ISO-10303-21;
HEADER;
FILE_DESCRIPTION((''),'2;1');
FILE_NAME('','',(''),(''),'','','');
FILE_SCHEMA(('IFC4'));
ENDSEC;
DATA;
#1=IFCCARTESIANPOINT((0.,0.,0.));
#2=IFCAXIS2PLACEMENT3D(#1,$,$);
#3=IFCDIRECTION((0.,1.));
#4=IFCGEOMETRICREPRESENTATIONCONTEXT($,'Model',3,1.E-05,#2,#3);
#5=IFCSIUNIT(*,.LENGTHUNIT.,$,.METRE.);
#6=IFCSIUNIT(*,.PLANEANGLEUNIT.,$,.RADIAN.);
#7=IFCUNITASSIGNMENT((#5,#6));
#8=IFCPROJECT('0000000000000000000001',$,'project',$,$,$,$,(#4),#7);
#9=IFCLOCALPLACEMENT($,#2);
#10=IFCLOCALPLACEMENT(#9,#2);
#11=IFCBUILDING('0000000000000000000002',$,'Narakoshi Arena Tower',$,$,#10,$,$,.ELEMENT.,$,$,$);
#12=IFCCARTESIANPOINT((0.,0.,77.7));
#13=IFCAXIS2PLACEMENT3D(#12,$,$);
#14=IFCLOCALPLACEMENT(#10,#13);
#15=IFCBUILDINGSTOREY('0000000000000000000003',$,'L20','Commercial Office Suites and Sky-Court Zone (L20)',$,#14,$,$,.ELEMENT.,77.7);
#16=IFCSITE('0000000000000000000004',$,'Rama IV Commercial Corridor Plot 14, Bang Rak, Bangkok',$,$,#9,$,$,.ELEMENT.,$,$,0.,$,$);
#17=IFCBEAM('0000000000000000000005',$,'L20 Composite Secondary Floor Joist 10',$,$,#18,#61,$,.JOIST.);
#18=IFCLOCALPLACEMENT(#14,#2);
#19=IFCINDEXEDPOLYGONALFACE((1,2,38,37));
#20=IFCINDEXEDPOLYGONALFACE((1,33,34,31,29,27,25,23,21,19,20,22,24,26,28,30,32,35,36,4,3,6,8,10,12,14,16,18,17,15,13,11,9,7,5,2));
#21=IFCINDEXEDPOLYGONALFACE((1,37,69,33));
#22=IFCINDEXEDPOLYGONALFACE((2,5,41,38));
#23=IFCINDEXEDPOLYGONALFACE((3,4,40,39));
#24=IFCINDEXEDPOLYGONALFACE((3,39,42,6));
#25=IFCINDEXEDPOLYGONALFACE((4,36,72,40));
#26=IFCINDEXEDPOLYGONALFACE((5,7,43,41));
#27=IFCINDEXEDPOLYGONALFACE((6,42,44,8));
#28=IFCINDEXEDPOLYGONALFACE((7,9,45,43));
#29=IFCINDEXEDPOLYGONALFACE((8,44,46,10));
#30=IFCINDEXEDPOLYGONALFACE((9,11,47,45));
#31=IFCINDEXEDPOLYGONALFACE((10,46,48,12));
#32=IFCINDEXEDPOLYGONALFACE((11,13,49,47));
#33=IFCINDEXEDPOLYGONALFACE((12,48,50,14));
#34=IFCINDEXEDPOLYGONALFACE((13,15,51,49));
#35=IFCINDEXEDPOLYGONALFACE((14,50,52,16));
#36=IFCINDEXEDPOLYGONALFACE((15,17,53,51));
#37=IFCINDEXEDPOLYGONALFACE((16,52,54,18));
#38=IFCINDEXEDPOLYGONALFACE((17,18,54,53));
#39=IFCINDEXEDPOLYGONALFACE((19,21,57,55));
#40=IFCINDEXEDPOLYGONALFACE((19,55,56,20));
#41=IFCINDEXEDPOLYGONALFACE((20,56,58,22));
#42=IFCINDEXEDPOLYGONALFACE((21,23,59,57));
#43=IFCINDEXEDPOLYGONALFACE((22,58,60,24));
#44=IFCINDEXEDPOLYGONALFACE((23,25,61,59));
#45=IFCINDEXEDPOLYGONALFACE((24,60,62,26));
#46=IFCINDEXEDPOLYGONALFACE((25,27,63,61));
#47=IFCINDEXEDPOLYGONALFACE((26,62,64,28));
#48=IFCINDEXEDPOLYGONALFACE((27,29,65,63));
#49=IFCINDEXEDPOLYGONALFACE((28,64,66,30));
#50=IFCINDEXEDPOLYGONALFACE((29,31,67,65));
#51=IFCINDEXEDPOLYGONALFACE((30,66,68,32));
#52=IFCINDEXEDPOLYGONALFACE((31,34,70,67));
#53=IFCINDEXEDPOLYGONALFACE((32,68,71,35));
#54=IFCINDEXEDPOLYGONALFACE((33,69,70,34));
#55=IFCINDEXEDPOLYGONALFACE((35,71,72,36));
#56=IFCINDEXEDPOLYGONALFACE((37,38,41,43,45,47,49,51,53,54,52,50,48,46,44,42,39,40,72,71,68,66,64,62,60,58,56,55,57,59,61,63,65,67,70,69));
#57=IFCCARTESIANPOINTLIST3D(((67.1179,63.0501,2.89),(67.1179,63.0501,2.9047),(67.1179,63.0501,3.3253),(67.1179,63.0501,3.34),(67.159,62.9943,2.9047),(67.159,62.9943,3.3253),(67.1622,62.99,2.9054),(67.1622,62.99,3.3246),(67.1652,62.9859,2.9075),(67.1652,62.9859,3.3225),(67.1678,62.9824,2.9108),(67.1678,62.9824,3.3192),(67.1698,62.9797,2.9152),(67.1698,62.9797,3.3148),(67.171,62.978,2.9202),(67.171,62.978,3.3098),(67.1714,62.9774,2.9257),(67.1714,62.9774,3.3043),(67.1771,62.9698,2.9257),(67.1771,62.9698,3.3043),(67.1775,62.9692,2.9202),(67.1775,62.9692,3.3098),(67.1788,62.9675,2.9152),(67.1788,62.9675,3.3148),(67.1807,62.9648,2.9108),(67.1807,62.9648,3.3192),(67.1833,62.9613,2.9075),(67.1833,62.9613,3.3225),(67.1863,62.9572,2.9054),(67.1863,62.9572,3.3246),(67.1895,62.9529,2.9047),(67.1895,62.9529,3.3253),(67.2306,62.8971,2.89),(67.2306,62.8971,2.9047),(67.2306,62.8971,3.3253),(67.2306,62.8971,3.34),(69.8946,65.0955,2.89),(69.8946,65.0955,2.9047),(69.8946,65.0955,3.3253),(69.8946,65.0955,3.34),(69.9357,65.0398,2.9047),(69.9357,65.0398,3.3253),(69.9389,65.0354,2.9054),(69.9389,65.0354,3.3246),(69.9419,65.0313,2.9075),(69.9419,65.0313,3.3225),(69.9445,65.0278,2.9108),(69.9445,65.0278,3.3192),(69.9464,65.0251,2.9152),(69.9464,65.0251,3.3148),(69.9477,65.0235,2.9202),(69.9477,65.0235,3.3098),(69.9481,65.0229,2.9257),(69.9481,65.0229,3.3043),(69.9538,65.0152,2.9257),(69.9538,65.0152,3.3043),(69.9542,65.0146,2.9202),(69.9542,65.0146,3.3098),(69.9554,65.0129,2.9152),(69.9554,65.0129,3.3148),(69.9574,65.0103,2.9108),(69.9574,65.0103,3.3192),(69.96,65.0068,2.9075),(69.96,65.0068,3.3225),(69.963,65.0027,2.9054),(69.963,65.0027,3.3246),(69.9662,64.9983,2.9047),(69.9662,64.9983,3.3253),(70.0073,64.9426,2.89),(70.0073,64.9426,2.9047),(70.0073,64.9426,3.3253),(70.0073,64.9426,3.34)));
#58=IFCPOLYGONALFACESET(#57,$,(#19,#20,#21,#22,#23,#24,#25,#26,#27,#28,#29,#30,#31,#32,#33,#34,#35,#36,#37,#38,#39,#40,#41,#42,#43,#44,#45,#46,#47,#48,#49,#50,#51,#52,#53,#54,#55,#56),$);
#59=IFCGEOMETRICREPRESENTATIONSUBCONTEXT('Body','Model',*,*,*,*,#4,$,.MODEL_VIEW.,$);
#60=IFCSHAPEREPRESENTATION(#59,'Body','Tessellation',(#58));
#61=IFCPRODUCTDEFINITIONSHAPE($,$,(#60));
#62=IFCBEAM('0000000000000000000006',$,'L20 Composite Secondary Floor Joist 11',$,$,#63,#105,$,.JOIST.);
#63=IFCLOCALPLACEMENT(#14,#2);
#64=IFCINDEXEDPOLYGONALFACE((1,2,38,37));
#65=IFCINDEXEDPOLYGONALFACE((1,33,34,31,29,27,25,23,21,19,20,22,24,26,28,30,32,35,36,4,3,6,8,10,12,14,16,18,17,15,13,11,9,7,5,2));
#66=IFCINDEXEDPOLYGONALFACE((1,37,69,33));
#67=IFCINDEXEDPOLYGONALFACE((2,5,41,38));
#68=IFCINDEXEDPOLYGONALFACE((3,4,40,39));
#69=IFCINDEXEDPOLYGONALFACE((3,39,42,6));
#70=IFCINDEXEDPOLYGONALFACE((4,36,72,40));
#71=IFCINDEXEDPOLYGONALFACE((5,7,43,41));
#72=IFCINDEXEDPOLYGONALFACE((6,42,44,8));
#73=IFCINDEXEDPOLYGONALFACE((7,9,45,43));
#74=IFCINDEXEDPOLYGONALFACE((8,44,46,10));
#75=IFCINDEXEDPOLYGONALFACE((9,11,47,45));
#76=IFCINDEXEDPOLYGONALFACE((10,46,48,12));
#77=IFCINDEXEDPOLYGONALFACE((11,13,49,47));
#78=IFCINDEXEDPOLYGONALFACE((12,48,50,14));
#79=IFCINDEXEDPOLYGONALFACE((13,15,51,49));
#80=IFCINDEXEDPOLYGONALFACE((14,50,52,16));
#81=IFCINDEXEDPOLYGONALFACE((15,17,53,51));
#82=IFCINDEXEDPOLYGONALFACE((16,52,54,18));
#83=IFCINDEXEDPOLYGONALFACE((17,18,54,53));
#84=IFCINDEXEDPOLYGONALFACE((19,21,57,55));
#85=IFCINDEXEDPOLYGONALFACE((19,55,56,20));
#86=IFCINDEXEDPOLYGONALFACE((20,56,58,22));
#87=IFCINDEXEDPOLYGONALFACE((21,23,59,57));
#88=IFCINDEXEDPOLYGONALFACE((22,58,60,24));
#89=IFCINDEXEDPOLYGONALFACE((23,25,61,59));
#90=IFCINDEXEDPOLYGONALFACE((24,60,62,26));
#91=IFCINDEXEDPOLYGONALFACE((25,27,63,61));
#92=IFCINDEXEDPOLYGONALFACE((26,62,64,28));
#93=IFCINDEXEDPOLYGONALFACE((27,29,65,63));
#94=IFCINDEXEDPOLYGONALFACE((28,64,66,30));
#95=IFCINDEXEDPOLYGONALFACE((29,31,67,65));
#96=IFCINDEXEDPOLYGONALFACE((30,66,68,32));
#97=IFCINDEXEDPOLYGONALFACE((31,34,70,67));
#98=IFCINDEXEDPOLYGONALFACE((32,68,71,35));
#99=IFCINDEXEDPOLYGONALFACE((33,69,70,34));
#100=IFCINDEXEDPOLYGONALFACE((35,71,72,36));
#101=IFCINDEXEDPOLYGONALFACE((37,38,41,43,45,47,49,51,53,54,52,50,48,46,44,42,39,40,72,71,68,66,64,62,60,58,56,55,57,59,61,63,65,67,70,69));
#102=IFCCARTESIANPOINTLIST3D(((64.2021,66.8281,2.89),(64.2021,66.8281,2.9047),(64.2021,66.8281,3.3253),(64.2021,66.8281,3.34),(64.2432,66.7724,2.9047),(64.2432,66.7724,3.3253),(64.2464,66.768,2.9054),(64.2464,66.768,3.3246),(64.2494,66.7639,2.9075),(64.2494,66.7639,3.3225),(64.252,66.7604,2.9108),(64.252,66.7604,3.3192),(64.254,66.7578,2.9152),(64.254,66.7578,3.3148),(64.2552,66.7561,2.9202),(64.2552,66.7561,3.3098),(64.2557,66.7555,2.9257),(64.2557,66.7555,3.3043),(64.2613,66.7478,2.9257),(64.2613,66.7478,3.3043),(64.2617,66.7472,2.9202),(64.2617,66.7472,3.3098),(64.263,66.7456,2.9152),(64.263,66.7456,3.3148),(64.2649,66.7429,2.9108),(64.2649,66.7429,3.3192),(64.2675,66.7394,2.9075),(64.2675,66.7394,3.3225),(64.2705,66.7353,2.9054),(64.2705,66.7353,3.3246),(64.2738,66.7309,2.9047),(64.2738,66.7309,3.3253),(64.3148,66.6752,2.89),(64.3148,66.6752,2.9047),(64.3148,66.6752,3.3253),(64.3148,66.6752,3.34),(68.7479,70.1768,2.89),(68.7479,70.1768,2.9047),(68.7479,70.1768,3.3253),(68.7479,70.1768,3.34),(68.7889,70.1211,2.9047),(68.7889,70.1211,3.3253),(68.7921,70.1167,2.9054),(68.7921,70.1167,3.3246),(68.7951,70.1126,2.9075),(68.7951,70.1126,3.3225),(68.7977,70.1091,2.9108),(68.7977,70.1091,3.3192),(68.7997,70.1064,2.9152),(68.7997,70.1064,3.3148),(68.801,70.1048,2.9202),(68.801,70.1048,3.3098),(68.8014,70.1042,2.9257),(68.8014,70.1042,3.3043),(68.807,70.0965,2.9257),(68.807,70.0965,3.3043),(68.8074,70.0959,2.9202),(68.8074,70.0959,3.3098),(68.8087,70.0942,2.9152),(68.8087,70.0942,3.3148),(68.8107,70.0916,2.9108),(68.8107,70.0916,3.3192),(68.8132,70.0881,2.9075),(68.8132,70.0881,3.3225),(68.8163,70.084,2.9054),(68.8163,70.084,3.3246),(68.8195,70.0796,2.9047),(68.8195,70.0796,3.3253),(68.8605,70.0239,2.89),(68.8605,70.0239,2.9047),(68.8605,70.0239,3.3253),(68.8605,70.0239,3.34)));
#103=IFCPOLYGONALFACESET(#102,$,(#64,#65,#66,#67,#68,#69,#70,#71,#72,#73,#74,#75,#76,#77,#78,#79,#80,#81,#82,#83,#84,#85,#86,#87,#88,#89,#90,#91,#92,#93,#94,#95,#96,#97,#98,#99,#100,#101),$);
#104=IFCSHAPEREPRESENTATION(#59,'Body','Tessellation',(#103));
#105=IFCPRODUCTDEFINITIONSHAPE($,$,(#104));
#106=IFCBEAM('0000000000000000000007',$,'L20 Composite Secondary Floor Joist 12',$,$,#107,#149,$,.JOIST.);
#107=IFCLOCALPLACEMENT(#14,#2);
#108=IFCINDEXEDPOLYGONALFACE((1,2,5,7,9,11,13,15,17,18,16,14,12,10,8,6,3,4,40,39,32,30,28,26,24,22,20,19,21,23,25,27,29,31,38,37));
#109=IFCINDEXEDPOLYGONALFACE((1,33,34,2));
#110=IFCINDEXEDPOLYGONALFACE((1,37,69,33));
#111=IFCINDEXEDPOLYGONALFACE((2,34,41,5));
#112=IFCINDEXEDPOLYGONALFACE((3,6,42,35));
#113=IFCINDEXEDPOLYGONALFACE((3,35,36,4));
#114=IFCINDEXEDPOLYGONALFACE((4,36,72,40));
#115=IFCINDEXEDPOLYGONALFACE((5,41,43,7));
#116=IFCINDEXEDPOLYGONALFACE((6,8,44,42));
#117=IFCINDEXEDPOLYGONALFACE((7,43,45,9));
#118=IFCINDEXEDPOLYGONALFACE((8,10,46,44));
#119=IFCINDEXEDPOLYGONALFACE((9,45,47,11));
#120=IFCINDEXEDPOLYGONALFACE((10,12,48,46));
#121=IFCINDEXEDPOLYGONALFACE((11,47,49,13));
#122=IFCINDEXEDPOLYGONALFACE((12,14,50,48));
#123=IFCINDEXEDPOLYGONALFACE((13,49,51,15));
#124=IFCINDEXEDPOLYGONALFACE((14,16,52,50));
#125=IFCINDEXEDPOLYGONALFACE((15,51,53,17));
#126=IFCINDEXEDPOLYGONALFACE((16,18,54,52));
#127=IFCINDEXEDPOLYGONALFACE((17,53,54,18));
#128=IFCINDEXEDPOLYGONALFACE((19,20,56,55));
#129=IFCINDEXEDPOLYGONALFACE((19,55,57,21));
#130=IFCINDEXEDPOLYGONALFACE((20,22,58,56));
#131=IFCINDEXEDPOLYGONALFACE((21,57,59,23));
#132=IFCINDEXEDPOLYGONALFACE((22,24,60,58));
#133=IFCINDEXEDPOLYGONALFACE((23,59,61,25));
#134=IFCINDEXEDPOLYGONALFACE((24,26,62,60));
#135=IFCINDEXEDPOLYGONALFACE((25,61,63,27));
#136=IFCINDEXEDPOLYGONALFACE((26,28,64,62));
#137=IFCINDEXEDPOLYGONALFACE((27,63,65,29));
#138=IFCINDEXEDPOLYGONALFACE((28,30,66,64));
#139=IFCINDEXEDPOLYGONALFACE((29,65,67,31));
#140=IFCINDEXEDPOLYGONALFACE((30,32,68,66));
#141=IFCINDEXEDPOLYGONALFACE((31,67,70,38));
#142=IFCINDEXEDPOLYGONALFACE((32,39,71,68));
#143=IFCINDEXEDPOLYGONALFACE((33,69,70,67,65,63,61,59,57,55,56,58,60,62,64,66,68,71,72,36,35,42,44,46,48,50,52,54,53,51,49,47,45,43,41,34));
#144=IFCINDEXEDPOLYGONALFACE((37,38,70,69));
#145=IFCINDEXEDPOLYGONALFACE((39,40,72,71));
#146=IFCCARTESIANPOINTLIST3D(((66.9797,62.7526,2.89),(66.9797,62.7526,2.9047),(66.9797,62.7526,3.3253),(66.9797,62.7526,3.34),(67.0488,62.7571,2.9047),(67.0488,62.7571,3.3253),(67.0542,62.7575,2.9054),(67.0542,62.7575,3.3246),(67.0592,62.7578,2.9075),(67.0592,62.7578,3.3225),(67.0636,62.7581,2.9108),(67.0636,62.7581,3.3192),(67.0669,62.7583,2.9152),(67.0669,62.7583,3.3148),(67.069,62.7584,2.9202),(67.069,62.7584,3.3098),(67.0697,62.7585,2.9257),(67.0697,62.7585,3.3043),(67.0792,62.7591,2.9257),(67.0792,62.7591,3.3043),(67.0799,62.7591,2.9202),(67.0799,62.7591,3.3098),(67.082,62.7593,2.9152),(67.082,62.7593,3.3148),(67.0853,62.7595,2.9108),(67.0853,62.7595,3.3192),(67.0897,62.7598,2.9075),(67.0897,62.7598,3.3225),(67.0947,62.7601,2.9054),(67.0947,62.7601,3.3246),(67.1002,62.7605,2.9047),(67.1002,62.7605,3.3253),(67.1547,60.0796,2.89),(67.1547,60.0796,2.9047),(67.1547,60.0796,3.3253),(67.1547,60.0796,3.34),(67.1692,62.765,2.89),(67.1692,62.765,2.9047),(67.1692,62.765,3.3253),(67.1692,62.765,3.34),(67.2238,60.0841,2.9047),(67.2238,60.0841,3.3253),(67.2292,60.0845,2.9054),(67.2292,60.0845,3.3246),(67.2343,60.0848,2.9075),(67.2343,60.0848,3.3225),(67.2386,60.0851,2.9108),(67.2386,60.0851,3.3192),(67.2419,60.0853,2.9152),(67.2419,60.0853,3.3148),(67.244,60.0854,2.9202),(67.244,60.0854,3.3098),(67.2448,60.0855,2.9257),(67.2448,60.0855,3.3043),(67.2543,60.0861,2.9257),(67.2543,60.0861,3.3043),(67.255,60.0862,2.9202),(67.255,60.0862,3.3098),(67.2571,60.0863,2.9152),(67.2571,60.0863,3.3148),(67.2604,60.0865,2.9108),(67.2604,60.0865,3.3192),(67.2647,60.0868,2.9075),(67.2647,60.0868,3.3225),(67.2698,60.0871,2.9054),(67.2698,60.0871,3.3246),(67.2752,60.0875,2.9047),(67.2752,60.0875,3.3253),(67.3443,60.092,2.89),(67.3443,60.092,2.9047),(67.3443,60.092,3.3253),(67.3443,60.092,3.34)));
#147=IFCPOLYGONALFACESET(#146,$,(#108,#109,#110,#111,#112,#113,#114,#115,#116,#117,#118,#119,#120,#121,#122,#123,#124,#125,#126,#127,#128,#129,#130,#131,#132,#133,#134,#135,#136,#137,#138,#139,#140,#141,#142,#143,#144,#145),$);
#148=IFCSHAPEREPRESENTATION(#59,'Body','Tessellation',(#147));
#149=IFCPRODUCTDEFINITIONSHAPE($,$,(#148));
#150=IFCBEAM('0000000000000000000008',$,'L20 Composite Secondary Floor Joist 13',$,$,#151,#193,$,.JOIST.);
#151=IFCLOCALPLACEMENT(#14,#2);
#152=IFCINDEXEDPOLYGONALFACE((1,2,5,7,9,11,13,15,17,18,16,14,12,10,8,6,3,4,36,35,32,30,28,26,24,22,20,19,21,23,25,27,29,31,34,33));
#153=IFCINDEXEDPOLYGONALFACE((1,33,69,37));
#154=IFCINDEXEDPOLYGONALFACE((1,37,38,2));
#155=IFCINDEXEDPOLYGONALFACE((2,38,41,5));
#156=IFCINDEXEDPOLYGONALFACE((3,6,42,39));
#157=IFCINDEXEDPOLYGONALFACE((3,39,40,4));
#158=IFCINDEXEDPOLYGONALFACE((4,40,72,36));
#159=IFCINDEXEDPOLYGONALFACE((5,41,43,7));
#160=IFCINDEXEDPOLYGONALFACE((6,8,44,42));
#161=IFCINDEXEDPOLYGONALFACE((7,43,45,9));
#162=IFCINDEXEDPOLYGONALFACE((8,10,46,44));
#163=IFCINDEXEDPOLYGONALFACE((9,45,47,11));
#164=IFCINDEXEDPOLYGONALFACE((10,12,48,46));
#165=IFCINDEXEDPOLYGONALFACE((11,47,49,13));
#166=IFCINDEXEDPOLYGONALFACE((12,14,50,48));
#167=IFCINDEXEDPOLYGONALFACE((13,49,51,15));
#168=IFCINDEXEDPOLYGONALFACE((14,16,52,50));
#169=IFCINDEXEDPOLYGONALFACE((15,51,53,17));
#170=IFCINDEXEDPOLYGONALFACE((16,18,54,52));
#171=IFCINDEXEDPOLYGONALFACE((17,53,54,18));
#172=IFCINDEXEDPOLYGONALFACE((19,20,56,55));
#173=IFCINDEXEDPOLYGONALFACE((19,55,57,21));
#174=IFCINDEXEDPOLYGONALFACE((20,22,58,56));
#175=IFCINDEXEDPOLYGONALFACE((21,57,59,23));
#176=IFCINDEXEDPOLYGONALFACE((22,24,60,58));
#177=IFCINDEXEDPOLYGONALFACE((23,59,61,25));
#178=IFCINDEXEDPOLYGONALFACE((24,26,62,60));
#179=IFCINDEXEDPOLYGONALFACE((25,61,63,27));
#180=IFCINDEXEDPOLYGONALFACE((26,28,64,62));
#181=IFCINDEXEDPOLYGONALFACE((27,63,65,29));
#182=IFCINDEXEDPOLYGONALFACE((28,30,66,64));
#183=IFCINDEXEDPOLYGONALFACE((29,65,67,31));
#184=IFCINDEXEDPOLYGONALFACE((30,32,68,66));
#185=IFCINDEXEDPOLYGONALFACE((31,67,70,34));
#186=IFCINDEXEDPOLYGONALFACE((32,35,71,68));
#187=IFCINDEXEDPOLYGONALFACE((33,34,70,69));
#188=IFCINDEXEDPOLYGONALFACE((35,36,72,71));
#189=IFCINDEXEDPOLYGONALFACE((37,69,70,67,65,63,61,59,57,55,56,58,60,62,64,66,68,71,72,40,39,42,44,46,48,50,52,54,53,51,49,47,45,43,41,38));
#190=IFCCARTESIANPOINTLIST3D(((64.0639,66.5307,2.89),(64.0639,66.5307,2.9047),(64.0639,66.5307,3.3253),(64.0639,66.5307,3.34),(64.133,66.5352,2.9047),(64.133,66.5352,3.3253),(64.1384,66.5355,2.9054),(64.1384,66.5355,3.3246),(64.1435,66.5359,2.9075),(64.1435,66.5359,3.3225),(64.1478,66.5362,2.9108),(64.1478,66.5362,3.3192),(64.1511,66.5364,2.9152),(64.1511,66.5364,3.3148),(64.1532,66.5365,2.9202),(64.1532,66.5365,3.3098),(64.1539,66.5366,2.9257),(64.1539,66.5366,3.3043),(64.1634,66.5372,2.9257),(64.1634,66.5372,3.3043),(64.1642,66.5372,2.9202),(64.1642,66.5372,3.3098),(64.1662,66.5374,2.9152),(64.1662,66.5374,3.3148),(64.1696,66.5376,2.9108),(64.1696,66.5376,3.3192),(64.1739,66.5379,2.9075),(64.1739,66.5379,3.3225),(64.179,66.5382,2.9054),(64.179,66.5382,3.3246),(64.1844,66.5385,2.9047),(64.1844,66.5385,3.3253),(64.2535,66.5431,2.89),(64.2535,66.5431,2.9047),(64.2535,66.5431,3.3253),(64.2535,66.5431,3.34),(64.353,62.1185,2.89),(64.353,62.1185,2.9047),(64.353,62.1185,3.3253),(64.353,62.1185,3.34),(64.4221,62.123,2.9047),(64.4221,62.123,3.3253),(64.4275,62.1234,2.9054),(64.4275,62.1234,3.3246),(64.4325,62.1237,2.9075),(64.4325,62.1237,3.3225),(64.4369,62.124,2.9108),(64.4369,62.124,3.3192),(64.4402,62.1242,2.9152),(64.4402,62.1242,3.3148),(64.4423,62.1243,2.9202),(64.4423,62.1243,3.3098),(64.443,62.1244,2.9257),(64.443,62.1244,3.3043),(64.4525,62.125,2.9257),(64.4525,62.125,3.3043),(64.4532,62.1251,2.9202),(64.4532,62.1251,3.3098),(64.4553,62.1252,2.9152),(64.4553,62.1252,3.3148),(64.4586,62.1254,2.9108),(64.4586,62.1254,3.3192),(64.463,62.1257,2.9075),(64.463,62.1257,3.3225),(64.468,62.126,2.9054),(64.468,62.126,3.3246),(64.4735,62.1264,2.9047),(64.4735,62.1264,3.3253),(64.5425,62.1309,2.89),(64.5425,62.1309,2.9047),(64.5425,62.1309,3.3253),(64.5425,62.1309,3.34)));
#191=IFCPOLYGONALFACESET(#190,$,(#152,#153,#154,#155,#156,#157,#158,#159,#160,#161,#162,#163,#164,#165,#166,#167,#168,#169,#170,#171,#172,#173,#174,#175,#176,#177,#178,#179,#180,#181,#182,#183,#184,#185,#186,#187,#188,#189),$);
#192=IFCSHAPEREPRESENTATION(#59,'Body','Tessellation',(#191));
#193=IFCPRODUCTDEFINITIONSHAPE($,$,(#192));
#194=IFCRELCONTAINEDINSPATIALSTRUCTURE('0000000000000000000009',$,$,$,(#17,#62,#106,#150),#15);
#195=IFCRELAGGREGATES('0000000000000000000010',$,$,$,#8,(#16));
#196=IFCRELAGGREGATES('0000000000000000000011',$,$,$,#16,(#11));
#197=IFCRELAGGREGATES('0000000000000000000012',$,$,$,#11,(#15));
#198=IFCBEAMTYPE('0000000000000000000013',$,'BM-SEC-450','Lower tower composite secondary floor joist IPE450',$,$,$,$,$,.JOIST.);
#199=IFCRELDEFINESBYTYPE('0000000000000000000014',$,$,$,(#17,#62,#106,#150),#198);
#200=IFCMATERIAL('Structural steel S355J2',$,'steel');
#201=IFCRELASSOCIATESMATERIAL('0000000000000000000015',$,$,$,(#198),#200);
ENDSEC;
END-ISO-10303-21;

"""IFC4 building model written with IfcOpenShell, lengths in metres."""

from ifc_helpers import new_model, si_unit, direction, frame, origin, origin_2d, place, context, subcontext, project, spatial, i_section, extrude, material, material_profile, profile_set, type_object, element, save


model = new_model("IFC4")

# Units and contexts
model_context = context("Model", 3, precision=1e-05, world=origin(), true_north=direction((0.0, 1.0)))
body_context = subcontext(model_context, "Body", "Model", "MODEL_VIEW")
ifc_project = project(units=[si_unit("LENGTHUNIT", "METRE"), si_unit("PLANEANGLEUNIT", "RADIAN")], contexts=[model_context])

# Site, building, storey
site_placement = place(None, origin())
site = spatial("IfcSite", under=ifc_project, at=site_placement, Name="Rama IV Commercial Corridor Plot 14, Bang Rak, Bangkok", CompositionType="ELEMENT", RefElevation=0.0)
building_placement = place(site_placement, origin())
building = spatial("IfcBuilding", under=site, at=building_placement, Name="Narakoshi Arena Tower", CompositionType="ELEMENT")
storey_placement = place(building_placement, frame((0.0, 0.0, 77.7)))
storey = spatial("IfcBuildingStorey", under=building, at=storey_placement, Name="L20", Description="Commercial Office Suites and Sky-Court Zone (L20)", CompositionType="ELEMENT", Elevation=77.7)

# Beams
ifc_material_1 = material(Name="Structural steel S355J2", Category="steel")
ifc_material_profile_1 = material_profile(ifc_material_1, i_section(OverallWidth=0.1899, OverallDepth=0.45, WebThickness=0.0095, FlangeThickness=0.0146, FilletRadius=0.021, at=origin_2d()), Name="IPE450")
ifc_profile_set_1 = profile_set([ifc_material_profile_1], Name="Structural steel S355J2")
beam_type_1 = type_object("IfcBeamType", Name="BM-SEC-450", Description="Lower tower composite secondary floor joist IPE450", PredefinedType="JOIST", material=ifc_profile_set_1)
beam_1_placement = place(storey_placement, frame((69.9509, 65.019, 3.115), z_axis=(-0.805127, -0.593102, 0.0), x_axis=(0.593102, -0.805127, 0.0)))
element("IfcBeam", 1, at=beam_1_placement, inside=storey, type_object=beam_type_1, Name="L20 Composite Secondary Floor Joist 10", PredefinedType="JOIST", context=body_context, shape_type="SweptSolid", body=[
    extrude(i_section(OverallWidth=0.1899, OverallDepth=0.45, WebThickness=0.0095, FlangeThickness=0.0146, FilletRadius=0.021, at=origin_2d()), origin(), (0.0, 0.0, 1.0), 3.4487),
])
beam_2_placement = place(storey_placement, frame((68.8042, 70.1003, 3.115), z_axis=(-0.805123, -0.593108, 0.0), x_axis=(0.593108, -0.805123, 0.0)))
element("IfcBeam", 2, at=beam_2_placement, inside=storey, type_object=beam_type_1, Name="L20 Composite Secondary Floor Joist 11", PredefinedType="JOIST", context=body_context, shape_type="SweptSolid", body=[
    extrude(i_section(OverallWidth=0.1899, OverallDepth=0.45, WebThickness=0.0095, FlangeThickness=0.0146, FilletRadius=0.021, at=origin_2d()), origin(), (0.0, 0.0, 1.0), 5.646),
])
beam_3_placement = place(storey_placement, frame((67.0745, 62.7588, 3.115), z_axis=(0.065345, -0.997863, 0.0), x_axis=(0.997863, 0.065345, 0.0)))
element("IfcBeam", 3, at=beam_3_placement, inside=storey, type_object=beam_type_1, Name="L20 Composite Secondary Floor Joist 12", PredefinedType="JOIST", context=body_context, shape_type="SweptSolid", body=[
    extrude(i_section(OverallWidth=0.1899, OverallDepth=0.45, WebThickness=0.0095, FlangeThickness=0.0146, FilletRadius=0.021, at=origin_2d()), origin(), (0.0, 0.0, 1.0), 2.6787),
])
beam_4_placement = place(storey_placement, frame((64.1587, 66.5369, 3.115), z_axis=(0.065376, -0.997861, 0.0), x_axis=(0.997861, 0.065376, 0.0)))
element("IfcBeam", 4, at=beam_4_placement, inside=storey, type_object=beam_type_1, Name="L20 Composite Secondary Floor Joist 13", PredefinedType="JOIST", context=body_context, shape_type="SweptSolid", body=[
    extrude(i_section(OverallWidth=0.1899, OverallDepth=0.45, WebThickness=0.0095, FlangeThickness=0.0146, FilletRadius=0.021, at=origin_2d()), origin(), (0.0, 0.0, 1.0), 4.4216),
])

save(model, "model.ifc")
